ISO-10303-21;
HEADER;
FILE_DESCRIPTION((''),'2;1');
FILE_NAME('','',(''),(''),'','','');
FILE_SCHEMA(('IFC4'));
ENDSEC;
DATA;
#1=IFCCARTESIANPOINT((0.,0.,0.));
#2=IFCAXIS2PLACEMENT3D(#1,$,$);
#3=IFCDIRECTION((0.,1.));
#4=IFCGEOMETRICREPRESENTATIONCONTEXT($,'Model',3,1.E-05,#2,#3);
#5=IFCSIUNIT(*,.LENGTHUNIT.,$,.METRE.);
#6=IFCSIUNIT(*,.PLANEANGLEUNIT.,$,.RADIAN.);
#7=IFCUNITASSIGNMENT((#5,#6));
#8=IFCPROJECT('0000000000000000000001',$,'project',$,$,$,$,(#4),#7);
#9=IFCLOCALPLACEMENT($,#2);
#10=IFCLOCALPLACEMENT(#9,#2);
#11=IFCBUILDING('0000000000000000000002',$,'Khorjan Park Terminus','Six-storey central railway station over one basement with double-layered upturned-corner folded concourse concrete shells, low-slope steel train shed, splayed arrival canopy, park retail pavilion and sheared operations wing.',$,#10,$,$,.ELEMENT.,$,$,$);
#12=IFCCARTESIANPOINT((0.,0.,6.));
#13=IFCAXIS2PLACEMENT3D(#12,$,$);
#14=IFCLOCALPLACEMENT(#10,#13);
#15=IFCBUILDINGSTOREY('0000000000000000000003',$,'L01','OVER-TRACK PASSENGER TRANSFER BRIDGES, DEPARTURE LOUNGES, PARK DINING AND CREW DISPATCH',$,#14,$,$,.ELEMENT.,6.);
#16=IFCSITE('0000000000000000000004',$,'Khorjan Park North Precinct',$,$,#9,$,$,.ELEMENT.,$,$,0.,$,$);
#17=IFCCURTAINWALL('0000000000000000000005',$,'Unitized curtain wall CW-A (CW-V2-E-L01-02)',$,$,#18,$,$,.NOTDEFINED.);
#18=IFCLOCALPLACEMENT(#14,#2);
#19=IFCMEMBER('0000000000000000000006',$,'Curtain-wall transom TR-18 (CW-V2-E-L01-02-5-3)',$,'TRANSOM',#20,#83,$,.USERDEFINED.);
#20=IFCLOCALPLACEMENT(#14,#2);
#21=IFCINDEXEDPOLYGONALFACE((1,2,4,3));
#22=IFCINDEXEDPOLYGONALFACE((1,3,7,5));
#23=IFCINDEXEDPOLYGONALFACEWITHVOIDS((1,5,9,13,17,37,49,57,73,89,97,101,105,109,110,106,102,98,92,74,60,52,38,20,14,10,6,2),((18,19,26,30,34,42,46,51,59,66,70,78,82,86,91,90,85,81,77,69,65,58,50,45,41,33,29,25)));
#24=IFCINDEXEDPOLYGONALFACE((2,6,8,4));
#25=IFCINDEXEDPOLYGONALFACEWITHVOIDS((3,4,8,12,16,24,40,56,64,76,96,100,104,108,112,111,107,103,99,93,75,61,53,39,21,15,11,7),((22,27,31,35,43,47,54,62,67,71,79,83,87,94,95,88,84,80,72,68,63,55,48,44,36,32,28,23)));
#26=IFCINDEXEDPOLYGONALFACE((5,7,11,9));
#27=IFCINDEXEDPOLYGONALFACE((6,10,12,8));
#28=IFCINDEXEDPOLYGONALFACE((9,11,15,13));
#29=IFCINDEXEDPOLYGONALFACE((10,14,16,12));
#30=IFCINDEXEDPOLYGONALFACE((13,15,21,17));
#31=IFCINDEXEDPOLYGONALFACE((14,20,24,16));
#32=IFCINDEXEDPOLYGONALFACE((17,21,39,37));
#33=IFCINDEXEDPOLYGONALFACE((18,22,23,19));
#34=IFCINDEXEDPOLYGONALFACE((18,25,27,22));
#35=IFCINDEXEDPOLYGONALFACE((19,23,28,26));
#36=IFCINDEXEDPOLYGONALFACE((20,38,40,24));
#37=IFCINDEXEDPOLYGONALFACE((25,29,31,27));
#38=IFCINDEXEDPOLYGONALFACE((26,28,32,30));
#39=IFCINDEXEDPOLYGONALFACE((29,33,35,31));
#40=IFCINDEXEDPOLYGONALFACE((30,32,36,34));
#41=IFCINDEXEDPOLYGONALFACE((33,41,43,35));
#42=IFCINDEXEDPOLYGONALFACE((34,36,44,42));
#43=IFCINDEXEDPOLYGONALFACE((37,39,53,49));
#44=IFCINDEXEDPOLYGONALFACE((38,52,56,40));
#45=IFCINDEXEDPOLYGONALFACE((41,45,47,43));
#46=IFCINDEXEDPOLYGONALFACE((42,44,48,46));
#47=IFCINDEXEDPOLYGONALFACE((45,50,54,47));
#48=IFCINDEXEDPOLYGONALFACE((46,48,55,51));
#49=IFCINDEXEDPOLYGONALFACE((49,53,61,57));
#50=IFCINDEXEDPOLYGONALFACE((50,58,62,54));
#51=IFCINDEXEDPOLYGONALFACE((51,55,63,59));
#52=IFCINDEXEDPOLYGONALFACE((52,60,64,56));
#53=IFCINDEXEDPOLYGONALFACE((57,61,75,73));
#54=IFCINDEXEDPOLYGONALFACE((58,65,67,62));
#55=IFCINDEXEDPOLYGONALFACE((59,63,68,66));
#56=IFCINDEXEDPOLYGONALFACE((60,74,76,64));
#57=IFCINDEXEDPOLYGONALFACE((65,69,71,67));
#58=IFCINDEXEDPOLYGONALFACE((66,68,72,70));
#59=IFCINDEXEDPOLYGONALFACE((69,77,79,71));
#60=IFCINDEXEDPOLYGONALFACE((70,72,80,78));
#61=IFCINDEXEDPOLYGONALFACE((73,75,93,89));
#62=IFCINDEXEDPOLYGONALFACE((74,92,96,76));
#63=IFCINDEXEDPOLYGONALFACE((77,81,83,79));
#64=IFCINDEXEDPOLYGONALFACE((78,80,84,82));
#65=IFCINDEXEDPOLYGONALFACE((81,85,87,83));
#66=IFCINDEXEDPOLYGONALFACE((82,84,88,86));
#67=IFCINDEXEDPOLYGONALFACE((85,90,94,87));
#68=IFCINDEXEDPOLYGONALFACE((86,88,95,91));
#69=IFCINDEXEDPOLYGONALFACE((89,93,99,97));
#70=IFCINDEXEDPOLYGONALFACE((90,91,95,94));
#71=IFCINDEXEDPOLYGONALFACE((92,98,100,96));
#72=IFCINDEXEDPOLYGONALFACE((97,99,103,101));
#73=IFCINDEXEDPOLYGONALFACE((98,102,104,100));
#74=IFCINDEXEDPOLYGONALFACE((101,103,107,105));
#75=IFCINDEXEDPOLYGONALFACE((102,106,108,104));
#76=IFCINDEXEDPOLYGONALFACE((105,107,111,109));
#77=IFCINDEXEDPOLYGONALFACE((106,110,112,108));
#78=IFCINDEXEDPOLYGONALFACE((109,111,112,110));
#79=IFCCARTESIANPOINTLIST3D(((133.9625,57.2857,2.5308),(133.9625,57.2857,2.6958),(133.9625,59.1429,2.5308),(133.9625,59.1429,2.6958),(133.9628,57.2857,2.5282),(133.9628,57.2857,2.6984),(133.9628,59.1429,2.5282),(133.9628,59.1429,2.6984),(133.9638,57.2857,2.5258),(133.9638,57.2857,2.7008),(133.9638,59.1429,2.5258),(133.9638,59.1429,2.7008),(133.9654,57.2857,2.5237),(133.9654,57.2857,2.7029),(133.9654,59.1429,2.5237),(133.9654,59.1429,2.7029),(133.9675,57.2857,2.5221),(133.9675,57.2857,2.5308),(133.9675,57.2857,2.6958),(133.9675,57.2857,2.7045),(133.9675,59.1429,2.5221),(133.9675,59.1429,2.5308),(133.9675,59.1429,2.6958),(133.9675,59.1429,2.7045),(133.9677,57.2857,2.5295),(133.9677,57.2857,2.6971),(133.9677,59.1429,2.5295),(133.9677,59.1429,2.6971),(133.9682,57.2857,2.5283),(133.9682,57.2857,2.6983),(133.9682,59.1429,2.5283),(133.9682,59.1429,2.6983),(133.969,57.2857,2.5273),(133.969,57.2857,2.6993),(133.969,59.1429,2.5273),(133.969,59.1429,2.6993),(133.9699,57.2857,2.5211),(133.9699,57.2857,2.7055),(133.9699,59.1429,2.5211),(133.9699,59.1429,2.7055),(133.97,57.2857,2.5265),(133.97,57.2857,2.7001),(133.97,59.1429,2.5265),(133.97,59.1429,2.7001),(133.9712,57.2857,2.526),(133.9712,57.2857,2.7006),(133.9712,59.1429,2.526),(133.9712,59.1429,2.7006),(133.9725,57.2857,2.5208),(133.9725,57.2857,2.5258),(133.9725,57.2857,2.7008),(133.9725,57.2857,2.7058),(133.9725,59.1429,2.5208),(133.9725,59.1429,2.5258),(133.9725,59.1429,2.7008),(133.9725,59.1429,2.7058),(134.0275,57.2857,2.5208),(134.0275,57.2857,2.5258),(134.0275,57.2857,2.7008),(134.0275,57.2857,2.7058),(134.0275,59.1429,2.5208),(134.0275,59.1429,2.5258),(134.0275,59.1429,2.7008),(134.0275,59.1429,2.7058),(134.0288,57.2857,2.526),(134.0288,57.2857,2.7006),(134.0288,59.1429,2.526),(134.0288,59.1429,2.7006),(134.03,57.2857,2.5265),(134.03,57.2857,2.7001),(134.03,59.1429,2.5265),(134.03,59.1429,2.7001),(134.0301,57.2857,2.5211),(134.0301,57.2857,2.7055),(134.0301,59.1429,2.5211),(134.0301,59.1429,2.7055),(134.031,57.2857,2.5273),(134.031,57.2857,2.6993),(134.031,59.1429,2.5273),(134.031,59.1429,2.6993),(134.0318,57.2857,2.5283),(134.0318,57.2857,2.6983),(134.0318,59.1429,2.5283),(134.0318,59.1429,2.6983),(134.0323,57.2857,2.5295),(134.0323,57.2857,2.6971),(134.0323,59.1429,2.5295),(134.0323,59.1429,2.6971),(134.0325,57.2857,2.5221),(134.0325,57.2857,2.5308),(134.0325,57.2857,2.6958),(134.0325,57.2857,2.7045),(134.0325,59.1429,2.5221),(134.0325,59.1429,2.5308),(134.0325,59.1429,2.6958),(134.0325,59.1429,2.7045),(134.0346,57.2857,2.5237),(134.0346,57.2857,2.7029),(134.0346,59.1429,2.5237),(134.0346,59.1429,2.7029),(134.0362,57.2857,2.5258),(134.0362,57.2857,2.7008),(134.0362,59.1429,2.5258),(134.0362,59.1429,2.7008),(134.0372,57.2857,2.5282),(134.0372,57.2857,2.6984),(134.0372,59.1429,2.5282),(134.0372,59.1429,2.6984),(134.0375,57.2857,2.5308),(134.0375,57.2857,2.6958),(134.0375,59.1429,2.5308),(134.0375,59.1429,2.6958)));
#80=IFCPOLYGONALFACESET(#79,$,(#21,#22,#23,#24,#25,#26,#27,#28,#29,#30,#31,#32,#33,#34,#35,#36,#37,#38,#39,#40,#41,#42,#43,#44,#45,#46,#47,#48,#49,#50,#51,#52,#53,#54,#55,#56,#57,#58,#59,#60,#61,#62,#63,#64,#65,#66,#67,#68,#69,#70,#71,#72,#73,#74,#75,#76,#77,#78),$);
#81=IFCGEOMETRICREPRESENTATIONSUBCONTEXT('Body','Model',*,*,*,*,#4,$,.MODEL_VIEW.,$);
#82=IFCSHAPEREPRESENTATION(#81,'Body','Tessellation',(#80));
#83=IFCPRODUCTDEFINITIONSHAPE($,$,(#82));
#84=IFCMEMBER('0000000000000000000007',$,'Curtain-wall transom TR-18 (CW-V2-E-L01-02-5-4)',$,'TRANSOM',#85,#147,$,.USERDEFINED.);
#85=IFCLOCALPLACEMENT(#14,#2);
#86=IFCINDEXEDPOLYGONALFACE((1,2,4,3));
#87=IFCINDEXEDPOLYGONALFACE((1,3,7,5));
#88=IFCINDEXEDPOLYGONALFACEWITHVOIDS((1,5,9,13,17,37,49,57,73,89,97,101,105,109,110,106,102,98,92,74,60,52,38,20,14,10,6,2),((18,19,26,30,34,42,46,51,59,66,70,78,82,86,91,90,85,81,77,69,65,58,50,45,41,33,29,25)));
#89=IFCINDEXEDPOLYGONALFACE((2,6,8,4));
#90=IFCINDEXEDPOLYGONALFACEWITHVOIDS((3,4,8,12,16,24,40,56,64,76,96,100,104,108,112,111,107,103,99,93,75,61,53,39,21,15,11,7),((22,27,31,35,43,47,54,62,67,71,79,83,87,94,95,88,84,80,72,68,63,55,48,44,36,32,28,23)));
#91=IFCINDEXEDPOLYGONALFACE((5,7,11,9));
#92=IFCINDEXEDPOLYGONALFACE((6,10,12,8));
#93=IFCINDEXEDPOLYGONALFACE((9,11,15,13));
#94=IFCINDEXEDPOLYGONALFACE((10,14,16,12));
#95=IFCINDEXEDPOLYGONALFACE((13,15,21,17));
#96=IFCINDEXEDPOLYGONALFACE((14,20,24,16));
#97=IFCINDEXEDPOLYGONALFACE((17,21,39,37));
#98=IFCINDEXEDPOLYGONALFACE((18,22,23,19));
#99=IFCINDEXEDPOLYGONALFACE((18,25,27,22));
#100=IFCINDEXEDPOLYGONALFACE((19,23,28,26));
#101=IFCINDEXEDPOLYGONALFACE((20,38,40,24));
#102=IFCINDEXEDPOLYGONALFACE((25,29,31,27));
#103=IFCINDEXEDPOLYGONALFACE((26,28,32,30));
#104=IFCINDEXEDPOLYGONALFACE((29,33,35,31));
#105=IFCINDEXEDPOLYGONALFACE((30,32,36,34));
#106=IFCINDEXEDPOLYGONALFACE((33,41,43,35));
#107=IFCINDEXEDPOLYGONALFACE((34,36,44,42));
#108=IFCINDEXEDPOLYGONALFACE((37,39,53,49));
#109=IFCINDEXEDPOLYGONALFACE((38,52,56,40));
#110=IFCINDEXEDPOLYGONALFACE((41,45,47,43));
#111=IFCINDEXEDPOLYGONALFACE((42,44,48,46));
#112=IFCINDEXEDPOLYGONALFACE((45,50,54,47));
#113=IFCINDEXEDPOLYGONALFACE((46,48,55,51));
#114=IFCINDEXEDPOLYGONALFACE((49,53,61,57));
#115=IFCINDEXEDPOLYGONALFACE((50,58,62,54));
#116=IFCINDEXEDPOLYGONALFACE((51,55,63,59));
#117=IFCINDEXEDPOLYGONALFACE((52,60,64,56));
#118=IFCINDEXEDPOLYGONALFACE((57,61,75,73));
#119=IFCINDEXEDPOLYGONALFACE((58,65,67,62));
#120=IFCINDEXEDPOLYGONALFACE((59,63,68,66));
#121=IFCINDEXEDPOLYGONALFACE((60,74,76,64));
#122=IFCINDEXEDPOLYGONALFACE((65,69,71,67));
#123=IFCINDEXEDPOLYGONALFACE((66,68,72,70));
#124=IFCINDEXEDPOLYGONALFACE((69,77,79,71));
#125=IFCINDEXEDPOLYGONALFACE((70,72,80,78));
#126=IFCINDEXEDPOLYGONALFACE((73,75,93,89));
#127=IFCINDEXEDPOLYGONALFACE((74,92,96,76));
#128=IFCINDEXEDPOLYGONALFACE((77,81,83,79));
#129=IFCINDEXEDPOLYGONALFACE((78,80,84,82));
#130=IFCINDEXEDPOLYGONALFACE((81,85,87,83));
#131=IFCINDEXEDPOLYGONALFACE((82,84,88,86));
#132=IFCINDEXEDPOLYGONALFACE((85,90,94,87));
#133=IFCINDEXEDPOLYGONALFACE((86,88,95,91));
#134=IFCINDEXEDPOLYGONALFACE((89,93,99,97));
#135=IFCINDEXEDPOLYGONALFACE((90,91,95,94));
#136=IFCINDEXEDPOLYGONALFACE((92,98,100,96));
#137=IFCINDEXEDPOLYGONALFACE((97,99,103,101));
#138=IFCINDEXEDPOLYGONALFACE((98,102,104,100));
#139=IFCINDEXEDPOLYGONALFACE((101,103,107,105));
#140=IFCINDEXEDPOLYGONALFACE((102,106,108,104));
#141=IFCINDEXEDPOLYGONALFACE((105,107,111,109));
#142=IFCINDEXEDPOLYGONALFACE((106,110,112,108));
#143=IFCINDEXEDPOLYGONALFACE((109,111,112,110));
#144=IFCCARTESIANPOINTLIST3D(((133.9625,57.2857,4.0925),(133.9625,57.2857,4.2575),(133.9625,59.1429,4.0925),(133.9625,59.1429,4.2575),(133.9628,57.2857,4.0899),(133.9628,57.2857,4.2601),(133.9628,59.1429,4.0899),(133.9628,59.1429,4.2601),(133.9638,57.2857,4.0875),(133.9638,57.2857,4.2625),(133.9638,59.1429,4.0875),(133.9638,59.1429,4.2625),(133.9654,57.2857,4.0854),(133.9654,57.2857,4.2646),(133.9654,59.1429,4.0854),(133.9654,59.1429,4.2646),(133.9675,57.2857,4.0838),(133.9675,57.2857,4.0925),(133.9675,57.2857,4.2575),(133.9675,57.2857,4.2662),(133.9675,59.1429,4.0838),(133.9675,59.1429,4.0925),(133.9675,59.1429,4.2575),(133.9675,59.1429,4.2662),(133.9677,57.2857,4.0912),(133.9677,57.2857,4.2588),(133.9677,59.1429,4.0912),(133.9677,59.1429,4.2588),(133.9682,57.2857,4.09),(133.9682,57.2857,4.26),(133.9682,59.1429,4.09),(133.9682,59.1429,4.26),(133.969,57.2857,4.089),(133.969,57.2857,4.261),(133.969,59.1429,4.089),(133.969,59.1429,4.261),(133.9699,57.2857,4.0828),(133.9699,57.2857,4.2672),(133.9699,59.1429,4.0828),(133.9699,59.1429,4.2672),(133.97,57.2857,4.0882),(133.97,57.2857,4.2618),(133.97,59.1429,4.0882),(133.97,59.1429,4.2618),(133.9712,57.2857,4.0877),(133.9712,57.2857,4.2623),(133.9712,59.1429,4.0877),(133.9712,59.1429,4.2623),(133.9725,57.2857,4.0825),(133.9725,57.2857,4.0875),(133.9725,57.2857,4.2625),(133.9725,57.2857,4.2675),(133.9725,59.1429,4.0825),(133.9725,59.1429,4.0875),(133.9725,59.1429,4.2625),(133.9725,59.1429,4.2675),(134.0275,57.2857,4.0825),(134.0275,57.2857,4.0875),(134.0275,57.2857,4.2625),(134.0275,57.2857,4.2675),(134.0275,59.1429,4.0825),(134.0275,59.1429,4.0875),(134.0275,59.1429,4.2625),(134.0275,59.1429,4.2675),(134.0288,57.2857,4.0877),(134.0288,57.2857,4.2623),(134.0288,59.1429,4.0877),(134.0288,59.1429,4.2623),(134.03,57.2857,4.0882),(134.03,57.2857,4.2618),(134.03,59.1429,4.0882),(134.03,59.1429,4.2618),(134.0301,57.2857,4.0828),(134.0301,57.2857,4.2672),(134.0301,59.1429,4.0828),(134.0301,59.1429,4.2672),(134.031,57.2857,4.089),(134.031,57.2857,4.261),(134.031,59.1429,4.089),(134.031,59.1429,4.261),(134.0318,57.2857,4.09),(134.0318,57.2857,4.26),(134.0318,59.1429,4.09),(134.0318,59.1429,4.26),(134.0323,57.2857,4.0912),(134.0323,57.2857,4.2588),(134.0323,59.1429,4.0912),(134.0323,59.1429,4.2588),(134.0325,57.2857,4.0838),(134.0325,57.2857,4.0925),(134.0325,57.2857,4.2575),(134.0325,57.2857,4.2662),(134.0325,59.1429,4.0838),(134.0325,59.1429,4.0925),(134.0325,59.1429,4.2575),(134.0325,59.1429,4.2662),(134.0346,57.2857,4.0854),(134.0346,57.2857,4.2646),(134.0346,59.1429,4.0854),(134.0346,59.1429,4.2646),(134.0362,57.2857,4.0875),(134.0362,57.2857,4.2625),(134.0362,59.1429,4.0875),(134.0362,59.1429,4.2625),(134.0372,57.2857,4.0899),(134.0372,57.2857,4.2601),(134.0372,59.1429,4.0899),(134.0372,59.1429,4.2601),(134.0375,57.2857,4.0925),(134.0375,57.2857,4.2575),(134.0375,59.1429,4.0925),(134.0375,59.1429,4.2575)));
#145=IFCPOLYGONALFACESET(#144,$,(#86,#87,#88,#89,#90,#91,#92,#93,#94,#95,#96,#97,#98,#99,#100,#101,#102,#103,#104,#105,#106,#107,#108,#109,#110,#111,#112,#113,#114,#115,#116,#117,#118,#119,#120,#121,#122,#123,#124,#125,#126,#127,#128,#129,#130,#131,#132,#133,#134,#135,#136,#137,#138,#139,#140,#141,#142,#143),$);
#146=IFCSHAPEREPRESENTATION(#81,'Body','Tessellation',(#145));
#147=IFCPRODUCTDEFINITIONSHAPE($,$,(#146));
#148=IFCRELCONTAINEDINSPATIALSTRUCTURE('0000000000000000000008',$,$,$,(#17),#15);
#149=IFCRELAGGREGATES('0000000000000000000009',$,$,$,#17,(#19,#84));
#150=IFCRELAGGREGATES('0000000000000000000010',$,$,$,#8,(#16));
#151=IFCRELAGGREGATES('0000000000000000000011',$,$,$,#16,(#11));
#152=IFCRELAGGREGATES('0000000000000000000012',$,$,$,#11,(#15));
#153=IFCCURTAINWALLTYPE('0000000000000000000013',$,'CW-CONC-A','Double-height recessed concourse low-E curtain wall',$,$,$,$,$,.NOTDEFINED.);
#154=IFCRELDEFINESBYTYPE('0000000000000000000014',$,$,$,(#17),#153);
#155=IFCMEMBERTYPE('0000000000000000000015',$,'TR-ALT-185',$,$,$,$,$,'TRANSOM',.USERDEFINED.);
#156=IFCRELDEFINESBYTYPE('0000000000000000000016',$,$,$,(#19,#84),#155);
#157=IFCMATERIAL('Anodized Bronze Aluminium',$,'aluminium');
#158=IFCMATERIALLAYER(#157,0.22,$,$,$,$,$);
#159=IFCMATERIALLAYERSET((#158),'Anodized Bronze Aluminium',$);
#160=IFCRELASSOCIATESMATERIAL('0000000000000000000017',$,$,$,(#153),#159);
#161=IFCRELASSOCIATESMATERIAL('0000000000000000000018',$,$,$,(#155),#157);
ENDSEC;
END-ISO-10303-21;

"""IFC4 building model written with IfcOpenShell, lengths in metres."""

from ifc_helpers import new_model, si_unit, direction, frame, origin, origin_2d, place, context, subcontext, project, spatial, hollow_rectangle, extrude, material, layer, layer_set, material_profile, profile_set, type_object, element, aggregate, save


model = new_model("IFC4")

# Units and contexts
model_context = context("Model", 3, precision=1e-05, world=origin(), true_north=direction((0.0, 1.0)))
body_context = subcontext(model_context, "Body", "Model", "MODEL_VIEW")
ifc_project = project(units=[si_unit("LENGTHUNIT", "METRE"), si_unit("PLANEANGLEUNIT", "RADIAN")], contexts=[model_context])

# Site, building, storey
site_placement = place(None, origin())
site = spatial("IfcSite", under=ifc_project, at=site_placement, Name="Khorjan Park North Precinct", CompositionType="ELEMENT", RefElevation=0.0)
building_placement = place(site_placement, origin())
building = spatial("IfcBuilding", under=site, at=building_placement, Name="Khorjan Park Terminus", Description="Six-storey central railway station over one basement with double-layered upturned-corner folded concourse concrete shells, low-slope steel train shed, splayed arrival canopy, park retail pavilion and sheared operations wing.", CompositionType="ELEMENT")
storey_placement = place(building_placement, frame((0.0, 0.0, 6.0)))
storey = spatial("IfcBuildingStorey", under=building, at=storey_placement, Name="L01", Description="OVER-TRACK PASSENGER TRANSFER BRIDGES, DEPARTURE LOUNGES, PARK DINING AND CREW DISPATCH", CompositionType="ELEMENT", Elevation=6.0)

# Curtain wall
ifc_material_1 = material(Name="Anodized Bronze Aluminium", Category="aluminium")
ifc_layer_1 = layer(ifc_material_1, 0.22)
ifc_layer_set_1 = layer_set([ifc_layer_1], Name="Anodized Bronze Aluminium")
curtain_wall_type = type_object("IfcCurtainWallType", Name="CW-CONC-A", Description="Double-height recessed concourse low-E curtain wall", PredefinedType="NOTDEFINED", material=ifc_layer_set_1)
curtain_wall_placement = place(storey_placement, origin())
curtain_wall = element("IfcCurtainWall", 1, at=curtain_wall_placement, inside=storey, type_object=curtain_wall_type, Name="Unitized curtain wall CW-A (CW-V2-E-L01-02)", PredefinedType="NOTDEFINED")

# Members
ifc_material_profile_1 = material_profile(ifc_material_1, hollow_rectangle(XDim=0.075, YDim=0.185, WallThickness=0.005, InnerFilletRadius=0.005, OuterFilletRadius=0.01, at=origin_2d()), Name="ALT 75x185x5")
ifc_profile_set_1 = profile_set([ifc_material_profile_1], Name="Anodized Bronze Aluminium")
member_type_1 = type_object("IfcMemberType", Name="TR-ALT-185", ElementType="TRANSOM", PredefinedType="USERDEFINED", material=ifc_profile_set_1)
member_1_placement = place(storey_placement, frame((134.0, 57.2857, 2.6133), z_axis=(0.0, 1.0, 0.0), x_axis=(-1.0, 0.0, 0.0)))
member_1 = element("IfcMember", 2, at=member_1_placement, type_object=member_type_1, Name="Curtain-wall transom TR-18 (CW-V2-E-L01-02-5-3)", ObjectType="TRANSOM", PredefinedType="USERDEFINED", context=body_context, shape_type="SweptSolid", body=[
    extrude(hollow_rectangle(XDim=0.075, YDim=0.185, WallThickness=0.005, InnerFilletRadius=0.005, OuterFilletRadius=0.01, at=origin_2d()), origin(), (0.0, 0.0, 1.0), 1.8572),
])
member_2_placement = place(storey_placement, frame((134.0, 57.2857, 4.175), z_axis=(0.0, 1.0, 0.0), x_axis=(-1.0, 0.0, 0.0)))
member_2 = element("IfcMember", 3, at=member_2_placement, type_object=member_type_1, Name="Curtain-wall transom TR-18 (CW-V2-E-L01-02-5-4)", ObjectType="TRANSOM", PredefinedType="USERDEFINED", context=body_context, shape_type="SweptSolid", body=[
    extrude(hollow_rectangle(XDim=0.075, YDim=0.185, WallThickness=0.005, InnerFilletRadius=0.005, OuterFilletRadius=0.01, at=origin_2d()), origin(), (0.0, 0.0, 1.0), 1.8572),
])

aggregate(curtain_wall, [member_1, member_2])

save(model, "model.ifc")
